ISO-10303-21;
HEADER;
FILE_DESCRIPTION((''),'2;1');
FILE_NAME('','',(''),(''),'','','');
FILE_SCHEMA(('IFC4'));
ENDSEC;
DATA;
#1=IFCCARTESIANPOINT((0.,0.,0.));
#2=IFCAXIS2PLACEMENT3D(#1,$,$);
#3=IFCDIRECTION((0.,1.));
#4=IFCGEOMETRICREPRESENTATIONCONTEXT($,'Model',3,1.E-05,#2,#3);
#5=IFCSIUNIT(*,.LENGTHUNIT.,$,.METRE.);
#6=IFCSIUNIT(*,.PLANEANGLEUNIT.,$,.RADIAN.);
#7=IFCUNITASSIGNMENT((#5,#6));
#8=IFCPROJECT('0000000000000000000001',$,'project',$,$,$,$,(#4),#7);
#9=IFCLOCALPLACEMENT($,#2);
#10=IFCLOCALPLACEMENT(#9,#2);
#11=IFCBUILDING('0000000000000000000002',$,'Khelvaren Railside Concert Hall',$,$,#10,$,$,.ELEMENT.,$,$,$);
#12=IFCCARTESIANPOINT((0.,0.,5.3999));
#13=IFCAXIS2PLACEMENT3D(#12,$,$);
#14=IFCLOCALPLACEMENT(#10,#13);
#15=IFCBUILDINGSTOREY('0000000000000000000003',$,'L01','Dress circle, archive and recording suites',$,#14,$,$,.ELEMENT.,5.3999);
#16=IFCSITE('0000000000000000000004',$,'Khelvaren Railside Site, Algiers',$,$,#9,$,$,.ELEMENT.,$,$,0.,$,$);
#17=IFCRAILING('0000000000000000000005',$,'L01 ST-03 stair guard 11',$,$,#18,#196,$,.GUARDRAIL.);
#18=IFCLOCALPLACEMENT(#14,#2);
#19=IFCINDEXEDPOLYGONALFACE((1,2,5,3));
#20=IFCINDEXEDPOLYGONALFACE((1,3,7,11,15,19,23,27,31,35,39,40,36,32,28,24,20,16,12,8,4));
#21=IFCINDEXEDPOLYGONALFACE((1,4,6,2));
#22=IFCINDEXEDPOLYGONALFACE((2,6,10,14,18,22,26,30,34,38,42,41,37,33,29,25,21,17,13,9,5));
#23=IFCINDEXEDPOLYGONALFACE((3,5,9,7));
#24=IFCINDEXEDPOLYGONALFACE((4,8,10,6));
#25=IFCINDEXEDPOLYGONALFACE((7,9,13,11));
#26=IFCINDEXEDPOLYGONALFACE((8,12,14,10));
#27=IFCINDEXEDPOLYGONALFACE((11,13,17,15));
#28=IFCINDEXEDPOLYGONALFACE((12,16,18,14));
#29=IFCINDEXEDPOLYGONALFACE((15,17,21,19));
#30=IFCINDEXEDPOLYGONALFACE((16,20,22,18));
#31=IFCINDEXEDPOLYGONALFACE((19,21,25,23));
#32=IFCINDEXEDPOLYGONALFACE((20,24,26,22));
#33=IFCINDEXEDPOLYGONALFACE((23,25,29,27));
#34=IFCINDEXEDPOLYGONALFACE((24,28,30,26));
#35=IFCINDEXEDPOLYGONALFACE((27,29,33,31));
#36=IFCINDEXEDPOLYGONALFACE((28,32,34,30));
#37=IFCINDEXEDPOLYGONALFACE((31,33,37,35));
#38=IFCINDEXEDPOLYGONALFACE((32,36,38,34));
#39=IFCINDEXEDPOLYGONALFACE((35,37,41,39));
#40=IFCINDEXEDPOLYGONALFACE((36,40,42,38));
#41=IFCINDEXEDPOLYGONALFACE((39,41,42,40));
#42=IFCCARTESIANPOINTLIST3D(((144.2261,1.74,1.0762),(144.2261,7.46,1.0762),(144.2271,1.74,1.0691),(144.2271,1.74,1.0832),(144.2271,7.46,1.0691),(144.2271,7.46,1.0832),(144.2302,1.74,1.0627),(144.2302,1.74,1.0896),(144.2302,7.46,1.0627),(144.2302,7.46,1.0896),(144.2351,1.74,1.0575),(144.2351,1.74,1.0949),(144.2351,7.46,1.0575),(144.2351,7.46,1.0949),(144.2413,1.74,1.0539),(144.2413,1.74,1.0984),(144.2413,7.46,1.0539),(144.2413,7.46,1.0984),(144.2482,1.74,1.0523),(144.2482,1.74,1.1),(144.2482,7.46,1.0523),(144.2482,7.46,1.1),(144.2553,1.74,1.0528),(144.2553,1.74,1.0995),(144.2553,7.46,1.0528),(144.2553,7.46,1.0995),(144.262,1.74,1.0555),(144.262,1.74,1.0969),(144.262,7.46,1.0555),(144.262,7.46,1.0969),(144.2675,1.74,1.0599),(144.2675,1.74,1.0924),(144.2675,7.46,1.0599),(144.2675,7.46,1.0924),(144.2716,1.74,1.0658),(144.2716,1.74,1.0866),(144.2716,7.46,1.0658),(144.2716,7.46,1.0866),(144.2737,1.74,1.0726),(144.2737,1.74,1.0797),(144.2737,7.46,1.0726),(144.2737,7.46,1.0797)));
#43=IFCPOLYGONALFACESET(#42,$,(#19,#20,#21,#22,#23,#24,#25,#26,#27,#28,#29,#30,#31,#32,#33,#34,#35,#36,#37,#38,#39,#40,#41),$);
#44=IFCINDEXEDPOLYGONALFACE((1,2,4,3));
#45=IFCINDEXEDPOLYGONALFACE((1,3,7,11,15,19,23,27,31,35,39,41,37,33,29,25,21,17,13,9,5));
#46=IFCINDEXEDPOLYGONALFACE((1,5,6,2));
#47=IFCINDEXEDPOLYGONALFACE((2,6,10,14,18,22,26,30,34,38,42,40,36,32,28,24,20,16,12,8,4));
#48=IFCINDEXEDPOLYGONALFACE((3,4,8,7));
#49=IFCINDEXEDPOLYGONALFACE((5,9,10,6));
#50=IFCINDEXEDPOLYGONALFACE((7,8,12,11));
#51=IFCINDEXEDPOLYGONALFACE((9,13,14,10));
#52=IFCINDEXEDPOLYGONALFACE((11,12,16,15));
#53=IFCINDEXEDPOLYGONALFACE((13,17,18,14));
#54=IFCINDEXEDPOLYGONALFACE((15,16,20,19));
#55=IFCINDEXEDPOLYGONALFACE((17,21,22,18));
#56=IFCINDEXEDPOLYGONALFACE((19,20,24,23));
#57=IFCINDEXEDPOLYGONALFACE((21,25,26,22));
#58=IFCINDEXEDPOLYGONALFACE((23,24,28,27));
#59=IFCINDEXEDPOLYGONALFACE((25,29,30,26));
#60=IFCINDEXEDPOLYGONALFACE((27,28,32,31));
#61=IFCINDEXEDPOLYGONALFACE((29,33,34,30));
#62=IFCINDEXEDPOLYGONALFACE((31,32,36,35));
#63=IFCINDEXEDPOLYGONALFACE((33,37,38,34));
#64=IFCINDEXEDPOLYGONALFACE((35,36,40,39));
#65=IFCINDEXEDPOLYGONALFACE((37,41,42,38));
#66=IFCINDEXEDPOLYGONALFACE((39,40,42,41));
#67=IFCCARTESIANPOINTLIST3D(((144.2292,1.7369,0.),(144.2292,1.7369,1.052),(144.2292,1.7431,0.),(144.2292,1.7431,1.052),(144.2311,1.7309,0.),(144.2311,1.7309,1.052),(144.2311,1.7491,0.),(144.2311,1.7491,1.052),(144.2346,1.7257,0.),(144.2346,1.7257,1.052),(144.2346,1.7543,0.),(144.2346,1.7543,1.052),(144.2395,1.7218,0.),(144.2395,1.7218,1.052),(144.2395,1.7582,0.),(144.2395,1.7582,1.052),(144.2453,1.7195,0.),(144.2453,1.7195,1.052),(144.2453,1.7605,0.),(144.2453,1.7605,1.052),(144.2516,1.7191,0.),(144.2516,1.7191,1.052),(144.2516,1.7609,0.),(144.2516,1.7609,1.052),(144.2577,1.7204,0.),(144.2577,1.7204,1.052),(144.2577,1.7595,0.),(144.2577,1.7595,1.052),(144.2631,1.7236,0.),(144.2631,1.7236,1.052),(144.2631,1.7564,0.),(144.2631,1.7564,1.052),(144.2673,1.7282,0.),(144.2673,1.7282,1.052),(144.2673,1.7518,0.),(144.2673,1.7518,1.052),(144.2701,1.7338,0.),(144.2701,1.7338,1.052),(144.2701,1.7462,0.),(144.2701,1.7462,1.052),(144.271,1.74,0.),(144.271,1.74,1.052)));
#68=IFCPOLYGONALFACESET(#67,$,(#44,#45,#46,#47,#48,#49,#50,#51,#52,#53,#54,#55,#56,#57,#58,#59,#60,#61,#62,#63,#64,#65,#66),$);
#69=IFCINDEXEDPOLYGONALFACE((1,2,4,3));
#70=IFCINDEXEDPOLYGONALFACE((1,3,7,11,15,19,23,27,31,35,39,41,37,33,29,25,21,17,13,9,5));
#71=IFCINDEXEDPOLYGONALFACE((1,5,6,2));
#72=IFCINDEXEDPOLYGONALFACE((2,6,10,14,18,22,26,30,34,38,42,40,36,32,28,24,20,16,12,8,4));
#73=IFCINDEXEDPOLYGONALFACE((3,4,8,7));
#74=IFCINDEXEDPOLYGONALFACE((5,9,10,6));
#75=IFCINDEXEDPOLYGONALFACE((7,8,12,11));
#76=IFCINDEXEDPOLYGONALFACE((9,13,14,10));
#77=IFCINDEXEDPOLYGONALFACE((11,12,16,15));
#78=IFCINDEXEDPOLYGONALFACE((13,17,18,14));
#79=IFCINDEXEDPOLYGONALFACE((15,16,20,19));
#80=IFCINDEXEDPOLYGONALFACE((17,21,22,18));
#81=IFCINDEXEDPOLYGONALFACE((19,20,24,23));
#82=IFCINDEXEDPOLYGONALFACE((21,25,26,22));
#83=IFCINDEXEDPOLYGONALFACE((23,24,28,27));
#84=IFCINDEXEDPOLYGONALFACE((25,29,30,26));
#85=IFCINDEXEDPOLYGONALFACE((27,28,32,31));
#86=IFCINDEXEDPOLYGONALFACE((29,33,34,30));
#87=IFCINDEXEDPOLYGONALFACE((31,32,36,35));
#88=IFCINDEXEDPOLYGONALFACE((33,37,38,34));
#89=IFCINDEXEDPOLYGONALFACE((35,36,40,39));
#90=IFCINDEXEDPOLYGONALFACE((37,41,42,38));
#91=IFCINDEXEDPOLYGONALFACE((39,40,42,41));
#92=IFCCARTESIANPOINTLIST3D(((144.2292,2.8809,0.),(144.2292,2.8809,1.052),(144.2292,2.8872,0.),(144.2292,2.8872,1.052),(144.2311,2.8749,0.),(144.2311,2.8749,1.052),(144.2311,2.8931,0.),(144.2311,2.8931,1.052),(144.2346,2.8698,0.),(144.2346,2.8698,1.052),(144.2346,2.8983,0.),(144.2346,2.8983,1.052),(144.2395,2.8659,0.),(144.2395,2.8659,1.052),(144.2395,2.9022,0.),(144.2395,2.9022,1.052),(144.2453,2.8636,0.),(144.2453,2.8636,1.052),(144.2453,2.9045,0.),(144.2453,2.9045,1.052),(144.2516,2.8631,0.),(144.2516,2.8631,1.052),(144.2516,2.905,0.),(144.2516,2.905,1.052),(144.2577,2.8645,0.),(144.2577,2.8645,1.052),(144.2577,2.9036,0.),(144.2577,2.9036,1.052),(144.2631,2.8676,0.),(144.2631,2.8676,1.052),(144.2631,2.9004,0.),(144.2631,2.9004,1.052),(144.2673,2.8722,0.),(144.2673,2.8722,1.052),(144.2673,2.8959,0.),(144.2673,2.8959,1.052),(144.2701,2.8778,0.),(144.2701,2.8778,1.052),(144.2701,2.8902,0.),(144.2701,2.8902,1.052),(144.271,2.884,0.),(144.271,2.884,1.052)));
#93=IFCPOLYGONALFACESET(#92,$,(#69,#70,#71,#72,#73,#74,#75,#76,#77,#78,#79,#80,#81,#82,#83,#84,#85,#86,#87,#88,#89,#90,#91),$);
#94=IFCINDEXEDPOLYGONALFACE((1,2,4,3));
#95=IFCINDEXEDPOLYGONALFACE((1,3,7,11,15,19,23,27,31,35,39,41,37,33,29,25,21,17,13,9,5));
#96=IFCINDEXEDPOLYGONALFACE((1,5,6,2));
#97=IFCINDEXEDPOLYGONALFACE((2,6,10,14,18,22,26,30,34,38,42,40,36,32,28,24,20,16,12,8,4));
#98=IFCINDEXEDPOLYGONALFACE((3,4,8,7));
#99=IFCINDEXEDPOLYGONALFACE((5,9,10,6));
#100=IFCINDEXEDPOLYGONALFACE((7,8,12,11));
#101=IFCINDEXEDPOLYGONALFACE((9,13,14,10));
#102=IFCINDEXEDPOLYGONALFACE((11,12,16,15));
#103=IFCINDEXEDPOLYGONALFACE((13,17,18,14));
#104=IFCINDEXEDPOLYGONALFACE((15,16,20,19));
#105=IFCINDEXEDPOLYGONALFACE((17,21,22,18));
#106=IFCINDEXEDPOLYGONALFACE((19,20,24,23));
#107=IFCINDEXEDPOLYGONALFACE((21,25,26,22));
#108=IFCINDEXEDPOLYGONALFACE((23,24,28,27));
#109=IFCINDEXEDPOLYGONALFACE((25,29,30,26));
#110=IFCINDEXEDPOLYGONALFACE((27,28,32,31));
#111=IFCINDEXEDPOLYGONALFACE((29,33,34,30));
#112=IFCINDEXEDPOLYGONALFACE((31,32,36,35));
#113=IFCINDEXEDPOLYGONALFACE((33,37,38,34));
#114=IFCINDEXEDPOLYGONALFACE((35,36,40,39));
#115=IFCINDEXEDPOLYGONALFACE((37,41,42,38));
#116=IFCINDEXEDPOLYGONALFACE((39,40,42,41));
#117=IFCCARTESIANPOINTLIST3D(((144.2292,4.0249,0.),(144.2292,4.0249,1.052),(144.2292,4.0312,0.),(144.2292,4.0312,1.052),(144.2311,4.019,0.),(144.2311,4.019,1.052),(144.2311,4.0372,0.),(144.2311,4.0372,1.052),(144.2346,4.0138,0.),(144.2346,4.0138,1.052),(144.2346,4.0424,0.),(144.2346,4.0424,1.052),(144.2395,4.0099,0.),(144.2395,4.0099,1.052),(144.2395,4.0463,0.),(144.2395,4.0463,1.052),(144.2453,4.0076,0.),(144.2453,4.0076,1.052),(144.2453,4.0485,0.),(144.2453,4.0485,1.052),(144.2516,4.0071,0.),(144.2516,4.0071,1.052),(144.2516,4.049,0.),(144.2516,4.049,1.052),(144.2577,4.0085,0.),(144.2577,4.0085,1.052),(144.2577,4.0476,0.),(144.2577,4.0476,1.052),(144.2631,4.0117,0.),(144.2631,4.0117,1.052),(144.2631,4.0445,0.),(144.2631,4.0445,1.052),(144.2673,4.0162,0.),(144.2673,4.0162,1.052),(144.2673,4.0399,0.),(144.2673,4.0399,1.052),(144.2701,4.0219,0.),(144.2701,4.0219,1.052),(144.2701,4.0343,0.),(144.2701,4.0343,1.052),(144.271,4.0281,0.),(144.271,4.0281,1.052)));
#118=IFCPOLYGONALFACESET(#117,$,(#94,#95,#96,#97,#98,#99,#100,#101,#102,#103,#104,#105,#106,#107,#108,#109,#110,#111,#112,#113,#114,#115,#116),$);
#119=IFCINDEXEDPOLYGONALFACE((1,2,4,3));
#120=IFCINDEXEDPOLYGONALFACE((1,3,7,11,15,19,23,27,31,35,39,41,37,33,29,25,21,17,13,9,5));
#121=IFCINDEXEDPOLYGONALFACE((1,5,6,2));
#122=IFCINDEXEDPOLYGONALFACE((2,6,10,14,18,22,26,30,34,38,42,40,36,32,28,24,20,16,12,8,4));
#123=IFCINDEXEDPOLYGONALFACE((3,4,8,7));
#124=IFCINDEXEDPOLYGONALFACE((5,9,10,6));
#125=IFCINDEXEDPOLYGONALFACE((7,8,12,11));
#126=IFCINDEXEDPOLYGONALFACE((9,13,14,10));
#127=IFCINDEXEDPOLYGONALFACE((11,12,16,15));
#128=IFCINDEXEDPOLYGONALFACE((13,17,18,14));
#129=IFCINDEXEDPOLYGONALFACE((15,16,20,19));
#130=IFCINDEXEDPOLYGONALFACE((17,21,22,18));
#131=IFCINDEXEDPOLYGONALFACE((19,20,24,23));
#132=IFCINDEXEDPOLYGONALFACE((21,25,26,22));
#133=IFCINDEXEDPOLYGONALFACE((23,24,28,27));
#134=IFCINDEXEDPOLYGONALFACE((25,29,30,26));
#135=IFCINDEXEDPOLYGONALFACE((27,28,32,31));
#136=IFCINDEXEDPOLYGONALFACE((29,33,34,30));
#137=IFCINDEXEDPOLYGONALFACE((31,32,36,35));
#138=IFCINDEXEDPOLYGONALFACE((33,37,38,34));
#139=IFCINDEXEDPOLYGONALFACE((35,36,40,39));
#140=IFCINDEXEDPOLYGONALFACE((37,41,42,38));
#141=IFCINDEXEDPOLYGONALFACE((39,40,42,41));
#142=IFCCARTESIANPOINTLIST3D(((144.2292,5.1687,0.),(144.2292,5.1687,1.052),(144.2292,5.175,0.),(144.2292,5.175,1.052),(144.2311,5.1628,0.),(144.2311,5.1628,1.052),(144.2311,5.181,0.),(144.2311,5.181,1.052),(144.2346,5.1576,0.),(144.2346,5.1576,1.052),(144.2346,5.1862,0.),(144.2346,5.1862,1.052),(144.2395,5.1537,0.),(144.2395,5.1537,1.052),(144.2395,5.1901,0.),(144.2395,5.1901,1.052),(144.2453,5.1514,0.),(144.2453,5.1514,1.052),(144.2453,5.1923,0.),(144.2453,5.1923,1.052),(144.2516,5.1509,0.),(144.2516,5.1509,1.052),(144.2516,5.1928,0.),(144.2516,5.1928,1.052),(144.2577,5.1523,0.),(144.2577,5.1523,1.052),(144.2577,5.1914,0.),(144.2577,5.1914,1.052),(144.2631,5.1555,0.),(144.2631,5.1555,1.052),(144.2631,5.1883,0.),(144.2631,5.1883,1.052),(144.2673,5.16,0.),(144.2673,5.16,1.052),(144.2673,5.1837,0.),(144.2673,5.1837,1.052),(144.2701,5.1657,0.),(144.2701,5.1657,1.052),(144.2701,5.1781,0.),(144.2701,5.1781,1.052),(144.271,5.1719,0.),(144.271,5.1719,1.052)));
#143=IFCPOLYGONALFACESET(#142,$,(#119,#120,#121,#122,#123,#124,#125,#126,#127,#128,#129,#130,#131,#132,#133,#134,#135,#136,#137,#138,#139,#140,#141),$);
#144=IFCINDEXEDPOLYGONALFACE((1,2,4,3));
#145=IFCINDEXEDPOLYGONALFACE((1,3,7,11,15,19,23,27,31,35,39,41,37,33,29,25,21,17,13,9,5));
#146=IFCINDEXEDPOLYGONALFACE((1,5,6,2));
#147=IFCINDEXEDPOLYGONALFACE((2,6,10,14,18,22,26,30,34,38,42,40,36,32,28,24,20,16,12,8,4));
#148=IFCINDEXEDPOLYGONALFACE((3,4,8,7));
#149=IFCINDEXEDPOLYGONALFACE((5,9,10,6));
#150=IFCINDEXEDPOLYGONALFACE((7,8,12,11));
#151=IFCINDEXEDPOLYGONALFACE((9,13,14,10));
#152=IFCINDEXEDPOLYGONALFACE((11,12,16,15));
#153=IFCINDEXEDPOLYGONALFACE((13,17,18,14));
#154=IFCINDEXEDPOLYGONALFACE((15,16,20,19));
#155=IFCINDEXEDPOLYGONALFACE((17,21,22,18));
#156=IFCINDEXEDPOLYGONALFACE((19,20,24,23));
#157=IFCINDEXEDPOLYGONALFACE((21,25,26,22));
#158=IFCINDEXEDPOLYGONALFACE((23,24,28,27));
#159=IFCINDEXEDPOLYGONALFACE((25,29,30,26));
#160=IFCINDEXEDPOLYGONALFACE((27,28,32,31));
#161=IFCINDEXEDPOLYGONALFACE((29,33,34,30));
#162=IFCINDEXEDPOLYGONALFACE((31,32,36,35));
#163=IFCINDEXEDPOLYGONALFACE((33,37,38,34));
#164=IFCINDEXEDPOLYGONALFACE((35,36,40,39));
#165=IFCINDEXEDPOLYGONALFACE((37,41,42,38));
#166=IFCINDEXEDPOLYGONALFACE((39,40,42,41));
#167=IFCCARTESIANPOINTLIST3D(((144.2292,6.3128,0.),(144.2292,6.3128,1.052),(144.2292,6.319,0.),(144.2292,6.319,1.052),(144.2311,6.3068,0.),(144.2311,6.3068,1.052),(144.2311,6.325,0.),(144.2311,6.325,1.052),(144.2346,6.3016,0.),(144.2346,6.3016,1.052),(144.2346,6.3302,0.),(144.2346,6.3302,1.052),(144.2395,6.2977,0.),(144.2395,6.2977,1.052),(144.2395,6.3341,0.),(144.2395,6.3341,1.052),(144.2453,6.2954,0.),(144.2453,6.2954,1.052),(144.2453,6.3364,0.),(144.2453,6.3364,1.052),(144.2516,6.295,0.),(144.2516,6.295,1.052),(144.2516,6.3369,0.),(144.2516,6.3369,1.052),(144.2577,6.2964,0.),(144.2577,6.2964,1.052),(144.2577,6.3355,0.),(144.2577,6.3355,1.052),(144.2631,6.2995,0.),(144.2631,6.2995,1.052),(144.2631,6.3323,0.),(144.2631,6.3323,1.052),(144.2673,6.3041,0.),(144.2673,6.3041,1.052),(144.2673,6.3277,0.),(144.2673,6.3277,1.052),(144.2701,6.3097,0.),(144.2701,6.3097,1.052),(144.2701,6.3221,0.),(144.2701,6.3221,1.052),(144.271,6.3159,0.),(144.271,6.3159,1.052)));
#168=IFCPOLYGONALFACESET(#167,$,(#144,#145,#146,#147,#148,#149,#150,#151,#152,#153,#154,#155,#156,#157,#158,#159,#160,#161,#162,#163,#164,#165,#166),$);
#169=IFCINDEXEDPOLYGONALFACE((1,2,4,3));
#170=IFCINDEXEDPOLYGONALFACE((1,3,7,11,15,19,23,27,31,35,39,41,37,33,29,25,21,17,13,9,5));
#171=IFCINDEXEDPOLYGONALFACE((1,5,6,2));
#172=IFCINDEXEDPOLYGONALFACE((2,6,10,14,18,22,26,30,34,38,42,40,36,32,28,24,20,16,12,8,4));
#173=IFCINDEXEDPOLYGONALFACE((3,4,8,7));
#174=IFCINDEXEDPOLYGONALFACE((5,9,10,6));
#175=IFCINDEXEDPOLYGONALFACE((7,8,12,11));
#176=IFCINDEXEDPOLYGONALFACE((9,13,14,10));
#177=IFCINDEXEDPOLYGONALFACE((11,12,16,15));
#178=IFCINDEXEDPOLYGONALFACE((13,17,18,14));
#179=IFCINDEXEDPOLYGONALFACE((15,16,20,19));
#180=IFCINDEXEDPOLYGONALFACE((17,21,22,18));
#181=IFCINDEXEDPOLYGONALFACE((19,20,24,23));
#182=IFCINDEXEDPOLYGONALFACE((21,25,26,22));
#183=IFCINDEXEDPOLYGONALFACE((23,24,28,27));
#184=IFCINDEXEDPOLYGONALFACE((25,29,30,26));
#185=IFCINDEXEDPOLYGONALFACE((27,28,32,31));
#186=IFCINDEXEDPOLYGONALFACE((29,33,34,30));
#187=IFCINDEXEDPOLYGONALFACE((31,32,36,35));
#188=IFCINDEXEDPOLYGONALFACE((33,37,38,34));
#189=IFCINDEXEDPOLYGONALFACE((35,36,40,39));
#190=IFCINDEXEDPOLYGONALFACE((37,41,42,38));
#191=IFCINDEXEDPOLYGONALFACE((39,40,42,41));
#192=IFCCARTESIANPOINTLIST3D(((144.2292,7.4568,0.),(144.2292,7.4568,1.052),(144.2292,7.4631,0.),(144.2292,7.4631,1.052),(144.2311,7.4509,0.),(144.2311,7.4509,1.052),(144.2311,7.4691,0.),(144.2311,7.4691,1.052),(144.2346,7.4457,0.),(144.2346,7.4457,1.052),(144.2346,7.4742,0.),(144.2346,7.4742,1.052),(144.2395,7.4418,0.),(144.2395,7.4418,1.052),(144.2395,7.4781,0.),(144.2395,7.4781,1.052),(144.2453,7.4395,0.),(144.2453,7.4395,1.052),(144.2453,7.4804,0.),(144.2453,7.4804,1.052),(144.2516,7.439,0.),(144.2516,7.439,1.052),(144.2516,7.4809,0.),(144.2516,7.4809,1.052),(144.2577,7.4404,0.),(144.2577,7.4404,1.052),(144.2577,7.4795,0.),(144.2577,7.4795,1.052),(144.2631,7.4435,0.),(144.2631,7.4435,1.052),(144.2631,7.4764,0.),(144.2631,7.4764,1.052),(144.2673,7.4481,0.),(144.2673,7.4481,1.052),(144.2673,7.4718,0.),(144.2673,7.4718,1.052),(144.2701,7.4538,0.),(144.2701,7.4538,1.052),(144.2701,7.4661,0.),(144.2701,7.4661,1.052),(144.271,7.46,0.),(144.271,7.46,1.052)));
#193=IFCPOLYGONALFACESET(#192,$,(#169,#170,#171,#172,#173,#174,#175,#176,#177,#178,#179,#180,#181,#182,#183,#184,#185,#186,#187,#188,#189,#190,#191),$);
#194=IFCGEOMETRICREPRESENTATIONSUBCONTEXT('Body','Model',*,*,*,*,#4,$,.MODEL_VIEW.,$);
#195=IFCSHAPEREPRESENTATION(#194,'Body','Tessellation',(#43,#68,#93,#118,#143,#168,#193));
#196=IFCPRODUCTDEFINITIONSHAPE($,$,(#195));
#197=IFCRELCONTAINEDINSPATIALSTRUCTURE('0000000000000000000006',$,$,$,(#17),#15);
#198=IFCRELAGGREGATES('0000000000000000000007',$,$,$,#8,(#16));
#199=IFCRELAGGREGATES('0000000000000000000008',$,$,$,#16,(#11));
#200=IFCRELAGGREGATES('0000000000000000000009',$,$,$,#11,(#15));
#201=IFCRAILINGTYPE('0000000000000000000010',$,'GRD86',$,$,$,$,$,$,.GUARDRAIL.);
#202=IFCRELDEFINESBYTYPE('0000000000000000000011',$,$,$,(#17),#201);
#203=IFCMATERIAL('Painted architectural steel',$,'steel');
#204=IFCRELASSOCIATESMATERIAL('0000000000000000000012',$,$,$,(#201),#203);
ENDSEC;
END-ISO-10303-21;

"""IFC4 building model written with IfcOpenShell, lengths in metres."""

from ifc_helpers import new_model, si_unit, direction, frame, origin, origin_2d, place, context, subcontext, project, spatial, circle, extrude, material, type_object, element, save


model = new_model("IFC4")

# Units and contexts
model_context = context("Model", 3, precision=1e-05, world=origin(), true_north=direction((0.0, 1.0)))
body_context = subcontext(model_context, "Body", "Model", "MODEL_VIEW")
ifc_project = project(units=[si_unit("LENGTHUNIT", "METRE"), si_unit("PLANEANGLEUNIT", "RADIAN")], contexts=[model_context])

# Site, building, storey
site_placement = place(None, origin())
site = spatial("IfcSite", under=ifc_project, at=site_placement, Name="Khelvaren Railside Site, Algiers", CompositionType="ELEMENT", RefElevation=0.0)
building_placement = place(site_placement, origin())
building = spatial("IfcBuilding", under=site, at=building_placement, Name="Khelvaren Railside Concert Hall", CompositionType="ELEMENT")
storey_placement = place(building_placement, frame((0.0, 0.0, 5.3999)))
storey = spatial("IfcBuildingStorey", under=building, at=storey_placement, Name="L01", Description="Dress circle, archive and recording suites", CompositionType="ELEMENT", Elevation=5.3999)

# Railing
ifc_material_1 = material(Name="Painted architectural steel", Category="steel")
railing_type_1 = type_object("IfcRailingType", Name="GRD86", PredefinedType="GUARDRAIL", material=ifc_material_1)
for number, where, name in (
    (1, (144.25, 1.74, 0.0), "L01 ST-03 stair guard 11"),
):
    element("IfcRailing", number, at=place(storey_placement, frame(where)), inside=storey, type_object=railing_type_1, Name=name, PredefinedType="GUARDRAIL", context=body_context, shape_type="SweptSolid", body=[
        extrude(circle(Radius=0.0239, at=origin_2d()), frame((0.0, 0.0, 1.0762), z_axis=(0.0, 1.0, 0.0), x_axis=(-1.0, 0.0, 0.0)), (0.0, 0.0, 1.0), 5.72),
        extrude(circle(Radius=0.021, at=origin_2d()), origin(), (0.0, 0.0, 1.0), 1.052),
        extrude(circle(Radius=0.021, at=origin_2d()), frame((0.0, 1.144, 0.0)), (0.0, 0.0, 1.0), 1.052),
        extrude(circle(Radius=0.021, at=origin_2d()), frame((0.0, 2.2881, 0.0)), (0.0, 0.0, 1.0), 1.052),
        extrude(circle(Radius=0.021, at=origin_2d()), frame((0.0, 3.4319, 0.0)), (0.0, 0.0, 1.0), 1.052),
        extrude(circle(Radius=0.021, at=origin_2d()), frame((0.0, 4.5759, 0.0)), (0.0, 0.0, 1.0), 1.052),
        extrude(circle(Radius=0.021, at=origin_2d()), frame((0.0, 5.72, 0.0)), (0.0, 0.0, 1.0), 1.052),
    ])

save(model, "model.ifc")
